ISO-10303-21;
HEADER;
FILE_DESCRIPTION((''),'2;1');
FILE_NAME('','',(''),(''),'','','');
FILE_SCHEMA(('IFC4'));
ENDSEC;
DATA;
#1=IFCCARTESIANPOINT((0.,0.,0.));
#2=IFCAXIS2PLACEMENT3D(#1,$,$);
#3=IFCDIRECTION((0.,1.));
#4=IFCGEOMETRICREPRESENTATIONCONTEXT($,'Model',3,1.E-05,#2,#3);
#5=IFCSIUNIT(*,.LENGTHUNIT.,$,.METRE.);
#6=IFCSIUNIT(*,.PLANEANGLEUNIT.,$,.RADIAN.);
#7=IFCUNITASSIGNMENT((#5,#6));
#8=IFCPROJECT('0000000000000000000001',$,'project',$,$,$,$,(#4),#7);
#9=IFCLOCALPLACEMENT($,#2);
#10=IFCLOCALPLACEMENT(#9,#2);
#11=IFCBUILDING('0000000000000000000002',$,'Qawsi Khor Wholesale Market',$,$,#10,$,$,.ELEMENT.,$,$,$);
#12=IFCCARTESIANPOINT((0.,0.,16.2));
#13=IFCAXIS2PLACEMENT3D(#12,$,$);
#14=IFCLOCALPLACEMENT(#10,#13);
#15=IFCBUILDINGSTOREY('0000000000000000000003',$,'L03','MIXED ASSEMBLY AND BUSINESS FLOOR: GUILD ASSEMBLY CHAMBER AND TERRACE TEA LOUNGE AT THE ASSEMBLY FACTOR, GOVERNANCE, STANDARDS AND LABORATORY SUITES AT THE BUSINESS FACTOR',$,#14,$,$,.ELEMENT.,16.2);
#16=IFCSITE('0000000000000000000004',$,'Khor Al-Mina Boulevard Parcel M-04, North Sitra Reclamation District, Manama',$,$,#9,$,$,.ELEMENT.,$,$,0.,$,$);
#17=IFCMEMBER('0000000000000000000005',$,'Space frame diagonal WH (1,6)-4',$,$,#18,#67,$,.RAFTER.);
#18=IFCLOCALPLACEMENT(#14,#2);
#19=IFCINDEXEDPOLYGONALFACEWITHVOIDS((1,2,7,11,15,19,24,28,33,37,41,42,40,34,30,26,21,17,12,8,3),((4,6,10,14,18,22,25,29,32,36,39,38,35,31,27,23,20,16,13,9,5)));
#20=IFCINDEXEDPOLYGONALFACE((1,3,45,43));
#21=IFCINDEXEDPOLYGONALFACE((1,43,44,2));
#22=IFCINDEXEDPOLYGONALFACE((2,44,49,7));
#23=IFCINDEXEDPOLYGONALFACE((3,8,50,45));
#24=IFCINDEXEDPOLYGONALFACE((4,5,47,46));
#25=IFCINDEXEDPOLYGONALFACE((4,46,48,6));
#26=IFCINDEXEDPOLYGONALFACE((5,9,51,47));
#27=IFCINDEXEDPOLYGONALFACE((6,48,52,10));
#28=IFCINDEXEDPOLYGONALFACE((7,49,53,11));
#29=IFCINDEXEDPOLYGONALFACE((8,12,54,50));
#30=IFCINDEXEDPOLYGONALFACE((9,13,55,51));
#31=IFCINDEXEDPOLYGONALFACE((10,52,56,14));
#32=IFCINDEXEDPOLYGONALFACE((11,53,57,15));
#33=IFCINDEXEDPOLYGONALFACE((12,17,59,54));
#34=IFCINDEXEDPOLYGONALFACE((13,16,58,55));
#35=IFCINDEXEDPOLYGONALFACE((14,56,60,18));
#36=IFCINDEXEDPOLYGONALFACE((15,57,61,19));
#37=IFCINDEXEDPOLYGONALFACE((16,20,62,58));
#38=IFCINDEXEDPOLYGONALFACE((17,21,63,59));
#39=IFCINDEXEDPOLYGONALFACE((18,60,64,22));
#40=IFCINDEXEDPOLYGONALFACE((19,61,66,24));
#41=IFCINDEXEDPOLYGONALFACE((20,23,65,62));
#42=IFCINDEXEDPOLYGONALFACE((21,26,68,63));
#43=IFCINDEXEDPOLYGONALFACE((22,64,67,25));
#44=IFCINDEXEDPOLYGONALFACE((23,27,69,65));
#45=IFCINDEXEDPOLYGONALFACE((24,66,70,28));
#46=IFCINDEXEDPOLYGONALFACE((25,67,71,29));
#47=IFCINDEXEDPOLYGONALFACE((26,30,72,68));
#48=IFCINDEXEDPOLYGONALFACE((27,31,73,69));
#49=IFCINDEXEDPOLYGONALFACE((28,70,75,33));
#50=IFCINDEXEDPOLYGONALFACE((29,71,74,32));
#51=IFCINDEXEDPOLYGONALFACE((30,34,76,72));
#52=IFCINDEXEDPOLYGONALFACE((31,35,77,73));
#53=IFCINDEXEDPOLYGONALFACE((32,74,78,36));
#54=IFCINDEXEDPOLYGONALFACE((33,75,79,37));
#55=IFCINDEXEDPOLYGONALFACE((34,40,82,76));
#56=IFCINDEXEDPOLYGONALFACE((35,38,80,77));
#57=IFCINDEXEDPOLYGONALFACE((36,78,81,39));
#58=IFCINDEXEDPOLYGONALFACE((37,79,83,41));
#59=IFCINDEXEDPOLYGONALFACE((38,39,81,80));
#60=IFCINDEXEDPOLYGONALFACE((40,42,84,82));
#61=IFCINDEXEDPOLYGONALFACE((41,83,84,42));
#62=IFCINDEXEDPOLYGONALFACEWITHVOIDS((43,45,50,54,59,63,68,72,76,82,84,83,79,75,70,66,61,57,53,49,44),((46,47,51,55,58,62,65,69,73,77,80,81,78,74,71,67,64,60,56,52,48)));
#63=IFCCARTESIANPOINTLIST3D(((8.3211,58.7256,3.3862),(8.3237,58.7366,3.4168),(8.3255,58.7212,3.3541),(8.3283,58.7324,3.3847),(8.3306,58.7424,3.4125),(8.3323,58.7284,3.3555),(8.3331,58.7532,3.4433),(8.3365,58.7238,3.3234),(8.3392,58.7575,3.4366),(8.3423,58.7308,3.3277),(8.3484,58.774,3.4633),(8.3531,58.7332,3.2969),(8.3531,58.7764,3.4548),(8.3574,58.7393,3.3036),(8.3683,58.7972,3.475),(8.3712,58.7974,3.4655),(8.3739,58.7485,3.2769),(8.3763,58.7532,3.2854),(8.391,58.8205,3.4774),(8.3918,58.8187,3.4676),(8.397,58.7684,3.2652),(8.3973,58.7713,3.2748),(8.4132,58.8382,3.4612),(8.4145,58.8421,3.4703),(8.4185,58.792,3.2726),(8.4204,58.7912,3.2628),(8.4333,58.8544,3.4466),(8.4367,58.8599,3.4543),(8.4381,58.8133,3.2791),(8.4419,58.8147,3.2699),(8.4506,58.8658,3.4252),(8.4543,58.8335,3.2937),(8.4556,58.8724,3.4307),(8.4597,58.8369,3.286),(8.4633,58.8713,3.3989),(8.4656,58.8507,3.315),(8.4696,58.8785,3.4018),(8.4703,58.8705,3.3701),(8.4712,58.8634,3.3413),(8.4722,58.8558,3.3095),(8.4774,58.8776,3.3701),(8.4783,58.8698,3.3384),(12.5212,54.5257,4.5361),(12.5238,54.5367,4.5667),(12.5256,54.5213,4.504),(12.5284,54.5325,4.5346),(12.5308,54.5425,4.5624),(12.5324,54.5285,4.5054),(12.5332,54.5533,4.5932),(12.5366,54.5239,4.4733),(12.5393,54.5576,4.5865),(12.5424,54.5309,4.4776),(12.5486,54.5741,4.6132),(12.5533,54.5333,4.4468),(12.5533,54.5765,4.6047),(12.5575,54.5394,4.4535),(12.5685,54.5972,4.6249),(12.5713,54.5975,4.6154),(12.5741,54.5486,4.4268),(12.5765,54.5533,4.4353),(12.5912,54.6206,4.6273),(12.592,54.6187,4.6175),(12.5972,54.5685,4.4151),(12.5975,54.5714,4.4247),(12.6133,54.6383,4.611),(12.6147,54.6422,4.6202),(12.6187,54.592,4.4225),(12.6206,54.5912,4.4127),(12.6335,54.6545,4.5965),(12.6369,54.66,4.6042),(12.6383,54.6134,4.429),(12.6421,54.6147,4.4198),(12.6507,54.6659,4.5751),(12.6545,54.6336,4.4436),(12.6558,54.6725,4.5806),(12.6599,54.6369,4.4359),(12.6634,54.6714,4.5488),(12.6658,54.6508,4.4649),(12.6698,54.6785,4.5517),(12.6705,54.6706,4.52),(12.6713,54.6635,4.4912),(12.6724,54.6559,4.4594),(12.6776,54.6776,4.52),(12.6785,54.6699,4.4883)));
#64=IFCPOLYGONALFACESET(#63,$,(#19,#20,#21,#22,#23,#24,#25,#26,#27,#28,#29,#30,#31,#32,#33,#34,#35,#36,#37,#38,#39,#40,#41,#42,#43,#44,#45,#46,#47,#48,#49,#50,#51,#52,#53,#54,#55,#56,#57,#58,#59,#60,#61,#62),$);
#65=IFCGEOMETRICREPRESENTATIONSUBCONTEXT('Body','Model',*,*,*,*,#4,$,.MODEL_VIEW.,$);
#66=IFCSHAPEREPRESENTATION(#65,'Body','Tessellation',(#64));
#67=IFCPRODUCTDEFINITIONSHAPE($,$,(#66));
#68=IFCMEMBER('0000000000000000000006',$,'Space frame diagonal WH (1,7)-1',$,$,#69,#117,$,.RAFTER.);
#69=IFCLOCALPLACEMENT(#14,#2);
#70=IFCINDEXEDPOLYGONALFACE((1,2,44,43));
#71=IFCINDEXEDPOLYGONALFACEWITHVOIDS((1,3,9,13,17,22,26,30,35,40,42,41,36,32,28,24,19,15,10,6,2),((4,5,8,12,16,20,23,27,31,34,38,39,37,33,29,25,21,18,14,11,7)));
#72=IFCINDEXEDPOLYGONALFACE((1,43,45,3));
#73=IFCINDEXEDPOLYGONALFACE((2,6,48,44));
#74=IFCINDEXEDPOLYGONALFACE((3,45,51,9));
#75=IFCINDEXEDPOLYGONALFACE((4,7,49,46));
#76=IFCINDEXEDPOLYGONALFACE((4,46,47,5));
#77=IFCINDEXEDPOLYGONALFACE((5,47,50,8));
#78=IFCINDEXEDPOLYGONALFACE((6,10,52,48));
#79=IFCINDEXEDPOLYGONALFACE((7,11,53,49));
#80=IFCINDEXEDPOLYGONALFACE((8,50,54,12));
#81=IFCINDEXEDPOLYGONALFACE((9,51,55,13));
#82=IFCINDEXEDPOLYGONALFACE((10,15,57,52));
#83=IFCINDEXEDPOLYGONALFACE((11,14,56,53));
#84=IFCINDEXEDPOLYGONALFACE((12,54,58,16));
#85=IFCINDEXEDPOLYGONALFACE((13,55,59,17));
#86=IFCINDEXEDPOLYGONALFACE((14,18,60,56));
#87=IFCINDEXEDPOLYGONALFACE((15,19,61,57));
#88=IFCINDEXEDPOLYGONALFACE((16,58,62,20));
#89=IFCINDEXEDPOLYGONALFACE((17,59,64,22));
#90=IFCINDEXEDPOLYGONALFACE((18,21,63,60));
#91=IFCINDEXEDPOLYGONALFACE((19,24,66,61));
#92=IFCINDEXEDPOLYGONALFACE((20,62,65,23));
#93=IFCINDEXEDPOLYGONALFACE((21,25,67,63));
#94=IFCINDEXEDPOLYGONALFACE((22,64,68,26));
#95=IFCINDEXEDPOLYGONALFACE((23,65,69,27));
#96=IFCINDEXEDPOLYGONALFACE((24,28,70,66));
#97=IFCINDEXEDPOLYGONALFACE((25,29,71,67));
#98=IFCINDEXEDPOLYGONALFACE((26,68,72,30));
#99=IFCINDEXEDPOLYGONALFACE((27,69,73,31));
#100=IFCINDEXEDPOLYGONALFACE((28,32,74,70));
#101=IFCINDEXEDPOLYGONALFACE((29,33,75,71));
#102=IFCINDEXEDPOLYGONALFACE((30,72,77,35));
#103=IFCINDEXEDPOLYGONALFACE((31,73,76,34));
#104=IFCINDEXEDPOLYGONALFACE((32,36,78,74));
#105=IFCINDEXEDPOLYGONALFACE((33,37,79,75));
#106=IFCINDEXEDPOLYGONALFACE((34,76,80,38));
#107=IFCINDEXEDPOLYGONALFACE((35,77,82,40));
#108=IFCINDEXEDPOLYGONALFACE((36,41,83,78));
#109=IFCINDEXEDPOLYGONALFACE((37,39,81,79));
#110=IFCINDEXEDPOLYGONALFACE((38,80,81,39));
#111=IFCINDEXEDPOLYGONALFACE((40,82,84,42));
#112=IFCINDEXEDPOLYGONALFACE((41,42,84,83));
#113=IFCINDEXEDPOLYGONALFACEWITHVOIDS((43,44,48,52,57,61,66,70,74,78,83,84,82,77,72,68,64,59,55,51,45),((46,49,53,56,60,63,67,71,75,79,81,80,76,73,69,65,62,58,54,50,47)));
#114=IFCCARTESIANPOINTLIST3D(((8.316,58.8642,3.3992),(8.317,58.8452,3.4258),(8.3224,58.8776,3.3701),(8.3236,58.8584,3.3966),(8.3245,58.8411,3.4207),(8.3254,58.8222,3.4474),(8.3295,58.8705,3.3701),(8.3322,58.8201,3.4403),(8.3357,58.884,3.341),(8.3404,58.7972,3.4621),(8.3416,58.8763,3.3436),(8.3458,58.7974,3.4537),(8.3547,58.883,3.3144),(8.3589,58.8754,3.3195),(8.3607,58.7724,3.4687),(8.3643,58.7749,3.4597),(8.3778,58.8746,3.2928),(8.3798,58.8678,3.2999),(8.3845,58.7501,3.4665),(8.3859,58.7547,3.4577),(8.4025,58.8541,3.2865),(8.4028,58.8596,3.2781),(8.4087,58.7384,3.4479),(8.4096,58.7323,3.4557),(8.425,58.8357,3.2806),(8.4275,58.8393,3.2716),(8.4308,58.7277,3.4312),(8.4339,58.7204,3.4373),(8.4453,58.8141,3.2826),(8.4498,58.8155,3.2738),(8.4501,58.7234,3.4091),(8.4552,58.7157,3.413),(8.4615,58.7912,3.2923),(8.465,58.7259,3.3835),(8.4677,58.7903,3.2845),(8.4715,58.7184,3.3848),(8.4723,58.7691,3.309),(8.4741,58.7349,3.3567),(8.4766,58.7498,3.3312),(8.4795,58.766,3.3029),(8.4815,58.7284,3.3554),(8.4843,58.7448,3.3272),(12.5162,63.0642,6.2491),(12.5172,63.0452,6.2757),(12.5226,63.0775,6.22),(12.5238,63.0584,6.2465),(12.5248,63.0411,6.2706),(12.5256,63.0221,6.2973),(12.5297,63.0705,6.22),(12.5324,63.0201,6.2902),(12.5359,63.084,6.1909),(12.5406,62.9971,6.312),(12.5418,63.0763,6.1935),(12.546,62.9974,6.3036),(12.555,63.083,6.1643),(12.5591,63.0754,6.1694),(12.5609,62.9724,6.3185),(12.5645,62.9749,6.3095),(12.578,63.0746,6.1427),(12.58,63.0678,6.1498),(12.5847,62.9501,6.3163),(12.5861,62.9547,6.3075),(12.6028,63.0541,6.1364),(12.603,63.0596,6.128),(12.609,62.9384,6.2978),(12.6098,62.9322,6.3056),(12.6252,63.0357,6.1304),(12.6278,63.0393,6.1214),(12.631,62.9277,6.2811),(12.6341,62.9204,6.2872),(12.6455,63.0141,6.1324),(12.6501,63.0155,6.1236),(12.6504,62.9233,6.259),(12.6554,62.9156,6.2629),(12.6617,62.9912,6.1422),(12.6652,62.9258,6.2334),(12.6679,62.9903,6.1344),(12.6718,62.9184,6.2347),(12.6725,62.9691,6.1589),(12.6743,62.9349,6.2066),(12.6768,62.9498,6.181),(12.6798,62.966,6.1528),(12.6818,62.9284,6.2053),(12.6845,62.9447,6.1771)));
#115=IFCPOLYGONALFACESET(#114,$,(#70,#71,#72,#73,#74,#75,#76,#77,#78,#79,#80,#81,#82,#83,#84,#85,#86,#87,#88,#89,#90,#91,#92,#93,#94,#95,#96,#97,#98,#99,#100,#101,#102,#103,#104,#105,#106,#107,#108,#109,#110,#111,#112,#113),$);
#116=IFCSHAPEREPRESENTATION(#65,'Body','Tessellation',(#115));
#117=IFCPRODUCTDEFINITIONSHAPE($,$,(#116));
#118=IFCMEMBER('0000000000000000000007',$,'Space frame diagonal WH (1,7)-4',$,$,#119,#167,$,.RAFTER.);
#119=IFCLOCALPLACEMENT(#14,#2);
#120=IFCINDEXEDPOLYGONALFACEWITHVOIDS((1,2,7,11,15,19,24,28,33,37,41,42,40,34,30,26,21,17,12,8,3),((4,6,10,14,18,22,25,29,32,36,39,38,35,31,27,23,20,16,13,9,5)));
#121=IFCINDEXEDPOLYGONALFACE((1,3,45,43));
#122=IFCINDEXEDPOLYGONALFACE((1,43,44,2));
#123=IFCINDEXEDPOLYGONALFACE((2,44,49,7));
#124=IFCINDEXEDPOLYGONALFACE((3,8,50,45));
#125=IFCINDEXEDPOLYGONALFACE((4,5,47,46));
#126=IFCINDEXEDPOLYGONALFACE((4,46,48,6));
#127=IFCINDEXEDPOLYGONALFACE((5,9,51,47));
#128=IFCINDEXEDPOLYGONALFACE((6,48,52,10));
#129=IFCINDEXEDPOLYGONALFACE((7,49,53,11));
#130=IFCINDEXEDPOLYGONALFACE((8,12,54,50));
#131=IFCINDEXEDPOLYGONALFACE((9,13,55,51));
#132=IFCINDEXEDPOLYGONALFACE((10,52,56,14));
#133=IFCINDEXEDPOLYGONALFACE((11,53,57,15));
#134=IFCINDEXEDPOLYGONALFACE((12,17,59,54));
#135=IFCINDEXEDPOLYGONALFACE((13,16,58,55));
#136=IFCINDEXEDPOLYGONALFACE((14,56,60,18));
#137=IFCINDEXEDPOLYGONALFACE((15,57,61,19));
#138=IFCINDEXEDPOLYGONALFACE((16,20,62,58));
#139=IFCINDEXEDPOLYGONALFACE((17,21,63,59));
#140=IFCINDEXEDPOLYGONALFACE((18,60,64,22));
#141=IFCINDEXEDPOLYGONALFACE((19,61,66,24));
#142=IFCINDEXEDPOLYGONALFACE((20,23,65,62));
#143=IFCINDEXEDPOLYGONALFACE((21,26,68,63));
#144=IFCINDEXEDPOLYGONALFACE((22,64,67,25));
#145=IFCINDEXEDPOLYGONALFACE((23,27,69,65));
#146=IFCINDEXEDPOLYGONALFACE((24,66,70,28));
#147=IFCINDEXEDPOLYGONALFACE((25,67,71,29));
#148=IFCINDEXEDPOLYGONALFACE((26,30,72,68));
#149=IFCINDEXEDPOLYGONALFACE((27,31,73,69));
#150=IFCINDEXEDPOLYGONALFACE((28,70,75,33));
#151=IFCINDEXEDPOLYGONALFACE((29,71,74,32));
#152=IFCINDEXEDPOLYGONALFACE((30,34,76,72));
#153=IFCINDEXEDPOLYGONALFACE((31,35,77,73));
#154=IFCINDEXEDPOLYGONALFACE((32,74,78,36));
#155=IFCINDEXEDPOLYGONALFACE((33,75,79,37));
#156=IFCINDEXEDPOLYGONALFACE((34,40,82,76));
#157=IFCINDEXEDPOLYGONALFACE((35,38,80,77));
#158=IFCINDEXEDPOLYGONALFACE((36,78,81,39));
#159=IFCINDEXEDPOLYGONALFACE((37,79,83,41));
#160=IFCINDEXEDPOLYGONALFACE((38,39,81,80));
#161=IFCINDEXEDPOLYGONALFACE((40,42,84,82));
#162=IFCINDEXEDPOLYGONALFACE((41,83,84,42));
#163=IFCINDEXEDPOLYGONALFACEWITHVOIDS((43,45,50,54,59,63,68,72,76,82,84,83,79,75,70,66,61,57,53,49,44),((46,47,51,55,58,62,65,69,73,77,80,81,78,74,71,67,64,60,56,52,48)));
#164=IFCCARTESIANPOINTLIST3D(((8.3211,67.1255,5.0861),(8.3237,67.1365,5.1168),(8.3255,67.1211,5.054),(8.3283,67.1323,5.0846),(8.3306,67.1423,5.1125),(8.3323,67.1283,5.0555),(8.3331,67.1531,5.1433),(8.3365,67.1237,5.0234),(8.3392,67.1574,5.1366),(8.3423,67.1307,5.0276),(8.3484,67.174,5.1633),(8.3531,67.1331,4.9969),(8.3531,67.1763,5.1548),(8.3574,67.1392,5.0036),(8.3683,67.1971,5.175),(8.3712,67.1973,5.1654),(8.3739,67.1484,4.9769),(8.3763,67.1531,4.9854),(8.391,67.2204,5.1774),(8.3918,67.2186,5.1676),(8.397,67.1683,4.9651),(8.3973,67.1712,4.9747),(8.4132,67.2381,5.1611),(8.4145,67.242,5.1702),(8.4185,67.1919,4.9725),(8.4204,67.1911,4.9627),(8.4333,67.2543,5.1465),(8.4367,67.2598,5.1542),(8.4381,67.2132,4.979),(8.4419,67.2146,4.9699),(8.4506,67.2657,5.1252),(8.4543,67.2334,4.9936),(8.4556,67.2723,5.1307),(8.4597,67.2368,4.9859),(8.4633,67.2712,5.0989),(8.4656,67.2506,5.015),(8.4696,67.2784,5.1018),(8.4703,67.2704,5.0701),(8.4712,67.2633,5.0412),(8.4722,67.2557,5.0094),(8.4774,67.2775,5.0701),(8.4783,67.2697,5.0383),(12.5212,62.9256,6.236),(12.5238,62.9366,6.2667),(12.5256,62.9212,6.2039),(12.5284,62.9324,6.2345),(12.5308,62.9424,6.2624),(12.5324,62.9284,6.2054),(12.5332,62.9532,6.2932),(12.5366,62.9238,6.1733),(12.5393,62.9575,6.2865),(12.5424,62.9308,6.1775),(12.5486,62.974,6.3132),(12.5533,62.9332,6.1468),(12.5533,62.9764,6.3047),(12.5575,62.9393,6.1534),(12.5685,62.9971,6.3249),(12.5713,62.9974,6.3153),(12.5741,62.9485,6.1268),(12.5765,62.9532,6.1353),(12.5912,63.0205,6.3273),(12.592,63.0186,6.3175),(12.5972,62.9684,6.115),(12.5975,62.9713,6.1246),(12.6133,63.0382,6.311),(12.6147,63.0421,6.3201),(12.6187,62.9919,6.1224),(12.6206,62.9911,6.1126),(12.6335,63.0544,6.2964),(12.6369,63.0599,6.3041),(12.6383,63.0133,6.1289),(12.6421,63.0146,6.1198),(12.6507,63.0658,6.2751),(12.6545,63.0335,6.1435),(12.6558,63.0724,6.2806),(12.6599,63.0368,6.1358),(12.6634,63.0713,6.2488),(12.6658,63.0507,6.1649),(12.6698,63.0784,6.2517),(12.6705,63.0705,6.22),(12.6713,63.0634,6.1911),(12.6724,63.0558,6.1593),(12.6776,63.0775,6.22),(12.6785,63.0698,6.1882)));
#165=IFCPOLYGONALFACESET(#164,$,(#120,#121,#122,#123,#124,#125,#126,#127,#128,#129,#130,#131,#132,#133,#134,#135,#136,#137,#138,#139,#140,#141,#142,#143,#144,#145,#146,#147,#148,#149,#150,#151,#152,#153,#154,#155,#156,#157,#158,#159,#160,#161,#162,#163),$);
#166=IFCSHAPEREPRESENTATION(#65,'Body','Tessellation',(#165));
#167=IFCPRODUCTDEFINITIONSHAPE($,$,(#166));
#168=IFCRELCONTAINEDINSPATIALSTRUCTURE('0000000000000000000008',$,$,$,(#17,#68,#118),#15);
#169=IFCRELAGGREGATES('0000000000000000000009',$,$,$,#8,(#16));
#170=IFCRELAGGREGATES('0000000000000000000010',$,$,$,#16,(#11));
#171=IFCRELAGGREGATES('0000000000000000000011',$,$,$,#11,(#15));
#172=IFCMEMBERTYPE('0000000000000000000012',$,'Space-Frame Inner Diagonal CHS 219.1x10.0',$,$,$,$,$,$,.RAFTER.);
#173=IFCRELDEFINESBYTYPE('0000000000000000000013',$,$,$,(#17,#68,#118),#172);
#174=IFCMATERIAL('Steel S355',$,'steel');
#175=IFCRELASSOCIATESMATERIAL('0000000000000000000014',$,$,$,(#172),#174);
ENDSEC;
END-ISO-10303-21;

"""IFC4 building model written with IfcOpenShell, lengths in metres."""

from ifc_helpers import new_model, si_unit, direction, frame, origin, origin_2d, place, context, subcontext, project, spatial, hollow_circle, extrude, material, material_profile, profile_set, type_object, element, save


model = new_model("IFC4")

# Units and contexts
model_context = context("Model", 3, precision=1e-05, world=origin(), true_north=direction((0.0, 1.0)))
body_context = subcontext(model_context, "Body", "Model", "MODEL_VIEW")
ifc_project = project(units=[si_unit("LENGTHUNIT", "METRE"), si_unit("PLANEANGLEUNIT", "RADIAN")], contexts=[model_context])

# Site, building, storey
site_placement = place(None, origin())
site = spatial("IfcSite", under=ifc_project, at=site_placement, Name="Khor Al-Mina Boulevard Parcel M-04, North Sitra Reclamation District, Manama", CompositionType="ELEMENT", RefElevation=0.0)
building_placement = place(site_placement, origin())
building = spatial("IfcBuilding", under=site, at=building_placement, Name="Qawsi Khor Wholesale Market", CompositionType="ELEMENT")
storey_placement = place(building_placement, frame((0.0, 0.0, 16.2)))
storey = spatial("IfcBuildingStorey", under=building, at=storey_placement, Name="L03", Description="MIXED ASSEMBLY AND BUSINESS FLOOR: GUILD ASSEMBLY CHAMBER AND TERRACE TEA LOUNGE AT THE ASSEMBLY FACTOR, GOVERNANCE, STANDARDS AND LABORATORY SUITES AT THE BUSINESS FACTOR", CompositionType="ELEMENT", Elevation=16.2)

# Members
ifc_material_1 = material(Name="Steel S355", Category="steel")
ifc_material_profile_1 = material_profile(ifc_material_1, hollow_circle(Radius=0.1096, WallThickness=0.01, at=origin_2d()), Name="CHS 219.1x10.0")
ifc_profile_set_1 = profile_set([ifc_material_profile_1], Name="Steel S355")
member_type_1 = type_object("IfcMemberType", Name="Space-Frame Inner Diagonal CHS 219.1x10.0", PredefinedType="RAFTER", material=ifc_profile_set_1)
member_1_placement = place(storey_placement, frame((8.3999, 58.8, 3.3701), z_axis=(0.694238, -0.694197, 0.190064), x_axis=(0.707086, 0.707127, 0.0)))
element("IfcMember", 1, at=member_1_placement, inside=storey, type_object=member_type_1, Name="Space frame diagonal WH (1,6)-4", PredefinedType="RAFTER", context=body_context, shape_type="SweptSolid", body=[
    extrude(hollow_circle(Radius=0.1096, WallThickness=0.01, at=origin_2d()), origin(), (0.0, 0.0, 1.0), 6.05),
])
member_2_placement = place(storey_placement, frame((8.3999, 58.8, 3.3701), z_axis=(0.637544, 0.637507, 0.432577), x_axis=(-0.707086, 0.707127, 0.0)))
element("IfcMember", 2, at=member_2_placement, inside=storey, type_object=member_type_1, Name="Space frame diagonal WH (1,7)-1", PredefinedType="RAFTER", context=body_context, shape_type="SweptSolid", body=[
    extrude(hollow_circle(Radius=0.1096, WallThickness=0.01, at=origin_2d()), origin(), (0.0, 0.0, 1.0), 6.5881),
])
member_3_placement = place(storey_placement, frame((8.3999, 67.2, 5.0701), z_axis=(0.694238, -0.694197, 0.190064), x_axis=(0.707086, 0.707127, 0.0)))
element("IfcMember", 3, at=member_3_placement, inside=storey, type_object=member_type_1, Name="Space frame diagonal WH (1,7)-4", PredefinedType="RAFTER", context=body_context, shape_type="SweptSolid", body=[
    extrude(hollow_circle(Radius=0.1096, WallThickness=0.01, at=origin_2d()), origin(), (0.0, 0.0, 1.0), 6.05),
])

save(model, "model.ifc")
